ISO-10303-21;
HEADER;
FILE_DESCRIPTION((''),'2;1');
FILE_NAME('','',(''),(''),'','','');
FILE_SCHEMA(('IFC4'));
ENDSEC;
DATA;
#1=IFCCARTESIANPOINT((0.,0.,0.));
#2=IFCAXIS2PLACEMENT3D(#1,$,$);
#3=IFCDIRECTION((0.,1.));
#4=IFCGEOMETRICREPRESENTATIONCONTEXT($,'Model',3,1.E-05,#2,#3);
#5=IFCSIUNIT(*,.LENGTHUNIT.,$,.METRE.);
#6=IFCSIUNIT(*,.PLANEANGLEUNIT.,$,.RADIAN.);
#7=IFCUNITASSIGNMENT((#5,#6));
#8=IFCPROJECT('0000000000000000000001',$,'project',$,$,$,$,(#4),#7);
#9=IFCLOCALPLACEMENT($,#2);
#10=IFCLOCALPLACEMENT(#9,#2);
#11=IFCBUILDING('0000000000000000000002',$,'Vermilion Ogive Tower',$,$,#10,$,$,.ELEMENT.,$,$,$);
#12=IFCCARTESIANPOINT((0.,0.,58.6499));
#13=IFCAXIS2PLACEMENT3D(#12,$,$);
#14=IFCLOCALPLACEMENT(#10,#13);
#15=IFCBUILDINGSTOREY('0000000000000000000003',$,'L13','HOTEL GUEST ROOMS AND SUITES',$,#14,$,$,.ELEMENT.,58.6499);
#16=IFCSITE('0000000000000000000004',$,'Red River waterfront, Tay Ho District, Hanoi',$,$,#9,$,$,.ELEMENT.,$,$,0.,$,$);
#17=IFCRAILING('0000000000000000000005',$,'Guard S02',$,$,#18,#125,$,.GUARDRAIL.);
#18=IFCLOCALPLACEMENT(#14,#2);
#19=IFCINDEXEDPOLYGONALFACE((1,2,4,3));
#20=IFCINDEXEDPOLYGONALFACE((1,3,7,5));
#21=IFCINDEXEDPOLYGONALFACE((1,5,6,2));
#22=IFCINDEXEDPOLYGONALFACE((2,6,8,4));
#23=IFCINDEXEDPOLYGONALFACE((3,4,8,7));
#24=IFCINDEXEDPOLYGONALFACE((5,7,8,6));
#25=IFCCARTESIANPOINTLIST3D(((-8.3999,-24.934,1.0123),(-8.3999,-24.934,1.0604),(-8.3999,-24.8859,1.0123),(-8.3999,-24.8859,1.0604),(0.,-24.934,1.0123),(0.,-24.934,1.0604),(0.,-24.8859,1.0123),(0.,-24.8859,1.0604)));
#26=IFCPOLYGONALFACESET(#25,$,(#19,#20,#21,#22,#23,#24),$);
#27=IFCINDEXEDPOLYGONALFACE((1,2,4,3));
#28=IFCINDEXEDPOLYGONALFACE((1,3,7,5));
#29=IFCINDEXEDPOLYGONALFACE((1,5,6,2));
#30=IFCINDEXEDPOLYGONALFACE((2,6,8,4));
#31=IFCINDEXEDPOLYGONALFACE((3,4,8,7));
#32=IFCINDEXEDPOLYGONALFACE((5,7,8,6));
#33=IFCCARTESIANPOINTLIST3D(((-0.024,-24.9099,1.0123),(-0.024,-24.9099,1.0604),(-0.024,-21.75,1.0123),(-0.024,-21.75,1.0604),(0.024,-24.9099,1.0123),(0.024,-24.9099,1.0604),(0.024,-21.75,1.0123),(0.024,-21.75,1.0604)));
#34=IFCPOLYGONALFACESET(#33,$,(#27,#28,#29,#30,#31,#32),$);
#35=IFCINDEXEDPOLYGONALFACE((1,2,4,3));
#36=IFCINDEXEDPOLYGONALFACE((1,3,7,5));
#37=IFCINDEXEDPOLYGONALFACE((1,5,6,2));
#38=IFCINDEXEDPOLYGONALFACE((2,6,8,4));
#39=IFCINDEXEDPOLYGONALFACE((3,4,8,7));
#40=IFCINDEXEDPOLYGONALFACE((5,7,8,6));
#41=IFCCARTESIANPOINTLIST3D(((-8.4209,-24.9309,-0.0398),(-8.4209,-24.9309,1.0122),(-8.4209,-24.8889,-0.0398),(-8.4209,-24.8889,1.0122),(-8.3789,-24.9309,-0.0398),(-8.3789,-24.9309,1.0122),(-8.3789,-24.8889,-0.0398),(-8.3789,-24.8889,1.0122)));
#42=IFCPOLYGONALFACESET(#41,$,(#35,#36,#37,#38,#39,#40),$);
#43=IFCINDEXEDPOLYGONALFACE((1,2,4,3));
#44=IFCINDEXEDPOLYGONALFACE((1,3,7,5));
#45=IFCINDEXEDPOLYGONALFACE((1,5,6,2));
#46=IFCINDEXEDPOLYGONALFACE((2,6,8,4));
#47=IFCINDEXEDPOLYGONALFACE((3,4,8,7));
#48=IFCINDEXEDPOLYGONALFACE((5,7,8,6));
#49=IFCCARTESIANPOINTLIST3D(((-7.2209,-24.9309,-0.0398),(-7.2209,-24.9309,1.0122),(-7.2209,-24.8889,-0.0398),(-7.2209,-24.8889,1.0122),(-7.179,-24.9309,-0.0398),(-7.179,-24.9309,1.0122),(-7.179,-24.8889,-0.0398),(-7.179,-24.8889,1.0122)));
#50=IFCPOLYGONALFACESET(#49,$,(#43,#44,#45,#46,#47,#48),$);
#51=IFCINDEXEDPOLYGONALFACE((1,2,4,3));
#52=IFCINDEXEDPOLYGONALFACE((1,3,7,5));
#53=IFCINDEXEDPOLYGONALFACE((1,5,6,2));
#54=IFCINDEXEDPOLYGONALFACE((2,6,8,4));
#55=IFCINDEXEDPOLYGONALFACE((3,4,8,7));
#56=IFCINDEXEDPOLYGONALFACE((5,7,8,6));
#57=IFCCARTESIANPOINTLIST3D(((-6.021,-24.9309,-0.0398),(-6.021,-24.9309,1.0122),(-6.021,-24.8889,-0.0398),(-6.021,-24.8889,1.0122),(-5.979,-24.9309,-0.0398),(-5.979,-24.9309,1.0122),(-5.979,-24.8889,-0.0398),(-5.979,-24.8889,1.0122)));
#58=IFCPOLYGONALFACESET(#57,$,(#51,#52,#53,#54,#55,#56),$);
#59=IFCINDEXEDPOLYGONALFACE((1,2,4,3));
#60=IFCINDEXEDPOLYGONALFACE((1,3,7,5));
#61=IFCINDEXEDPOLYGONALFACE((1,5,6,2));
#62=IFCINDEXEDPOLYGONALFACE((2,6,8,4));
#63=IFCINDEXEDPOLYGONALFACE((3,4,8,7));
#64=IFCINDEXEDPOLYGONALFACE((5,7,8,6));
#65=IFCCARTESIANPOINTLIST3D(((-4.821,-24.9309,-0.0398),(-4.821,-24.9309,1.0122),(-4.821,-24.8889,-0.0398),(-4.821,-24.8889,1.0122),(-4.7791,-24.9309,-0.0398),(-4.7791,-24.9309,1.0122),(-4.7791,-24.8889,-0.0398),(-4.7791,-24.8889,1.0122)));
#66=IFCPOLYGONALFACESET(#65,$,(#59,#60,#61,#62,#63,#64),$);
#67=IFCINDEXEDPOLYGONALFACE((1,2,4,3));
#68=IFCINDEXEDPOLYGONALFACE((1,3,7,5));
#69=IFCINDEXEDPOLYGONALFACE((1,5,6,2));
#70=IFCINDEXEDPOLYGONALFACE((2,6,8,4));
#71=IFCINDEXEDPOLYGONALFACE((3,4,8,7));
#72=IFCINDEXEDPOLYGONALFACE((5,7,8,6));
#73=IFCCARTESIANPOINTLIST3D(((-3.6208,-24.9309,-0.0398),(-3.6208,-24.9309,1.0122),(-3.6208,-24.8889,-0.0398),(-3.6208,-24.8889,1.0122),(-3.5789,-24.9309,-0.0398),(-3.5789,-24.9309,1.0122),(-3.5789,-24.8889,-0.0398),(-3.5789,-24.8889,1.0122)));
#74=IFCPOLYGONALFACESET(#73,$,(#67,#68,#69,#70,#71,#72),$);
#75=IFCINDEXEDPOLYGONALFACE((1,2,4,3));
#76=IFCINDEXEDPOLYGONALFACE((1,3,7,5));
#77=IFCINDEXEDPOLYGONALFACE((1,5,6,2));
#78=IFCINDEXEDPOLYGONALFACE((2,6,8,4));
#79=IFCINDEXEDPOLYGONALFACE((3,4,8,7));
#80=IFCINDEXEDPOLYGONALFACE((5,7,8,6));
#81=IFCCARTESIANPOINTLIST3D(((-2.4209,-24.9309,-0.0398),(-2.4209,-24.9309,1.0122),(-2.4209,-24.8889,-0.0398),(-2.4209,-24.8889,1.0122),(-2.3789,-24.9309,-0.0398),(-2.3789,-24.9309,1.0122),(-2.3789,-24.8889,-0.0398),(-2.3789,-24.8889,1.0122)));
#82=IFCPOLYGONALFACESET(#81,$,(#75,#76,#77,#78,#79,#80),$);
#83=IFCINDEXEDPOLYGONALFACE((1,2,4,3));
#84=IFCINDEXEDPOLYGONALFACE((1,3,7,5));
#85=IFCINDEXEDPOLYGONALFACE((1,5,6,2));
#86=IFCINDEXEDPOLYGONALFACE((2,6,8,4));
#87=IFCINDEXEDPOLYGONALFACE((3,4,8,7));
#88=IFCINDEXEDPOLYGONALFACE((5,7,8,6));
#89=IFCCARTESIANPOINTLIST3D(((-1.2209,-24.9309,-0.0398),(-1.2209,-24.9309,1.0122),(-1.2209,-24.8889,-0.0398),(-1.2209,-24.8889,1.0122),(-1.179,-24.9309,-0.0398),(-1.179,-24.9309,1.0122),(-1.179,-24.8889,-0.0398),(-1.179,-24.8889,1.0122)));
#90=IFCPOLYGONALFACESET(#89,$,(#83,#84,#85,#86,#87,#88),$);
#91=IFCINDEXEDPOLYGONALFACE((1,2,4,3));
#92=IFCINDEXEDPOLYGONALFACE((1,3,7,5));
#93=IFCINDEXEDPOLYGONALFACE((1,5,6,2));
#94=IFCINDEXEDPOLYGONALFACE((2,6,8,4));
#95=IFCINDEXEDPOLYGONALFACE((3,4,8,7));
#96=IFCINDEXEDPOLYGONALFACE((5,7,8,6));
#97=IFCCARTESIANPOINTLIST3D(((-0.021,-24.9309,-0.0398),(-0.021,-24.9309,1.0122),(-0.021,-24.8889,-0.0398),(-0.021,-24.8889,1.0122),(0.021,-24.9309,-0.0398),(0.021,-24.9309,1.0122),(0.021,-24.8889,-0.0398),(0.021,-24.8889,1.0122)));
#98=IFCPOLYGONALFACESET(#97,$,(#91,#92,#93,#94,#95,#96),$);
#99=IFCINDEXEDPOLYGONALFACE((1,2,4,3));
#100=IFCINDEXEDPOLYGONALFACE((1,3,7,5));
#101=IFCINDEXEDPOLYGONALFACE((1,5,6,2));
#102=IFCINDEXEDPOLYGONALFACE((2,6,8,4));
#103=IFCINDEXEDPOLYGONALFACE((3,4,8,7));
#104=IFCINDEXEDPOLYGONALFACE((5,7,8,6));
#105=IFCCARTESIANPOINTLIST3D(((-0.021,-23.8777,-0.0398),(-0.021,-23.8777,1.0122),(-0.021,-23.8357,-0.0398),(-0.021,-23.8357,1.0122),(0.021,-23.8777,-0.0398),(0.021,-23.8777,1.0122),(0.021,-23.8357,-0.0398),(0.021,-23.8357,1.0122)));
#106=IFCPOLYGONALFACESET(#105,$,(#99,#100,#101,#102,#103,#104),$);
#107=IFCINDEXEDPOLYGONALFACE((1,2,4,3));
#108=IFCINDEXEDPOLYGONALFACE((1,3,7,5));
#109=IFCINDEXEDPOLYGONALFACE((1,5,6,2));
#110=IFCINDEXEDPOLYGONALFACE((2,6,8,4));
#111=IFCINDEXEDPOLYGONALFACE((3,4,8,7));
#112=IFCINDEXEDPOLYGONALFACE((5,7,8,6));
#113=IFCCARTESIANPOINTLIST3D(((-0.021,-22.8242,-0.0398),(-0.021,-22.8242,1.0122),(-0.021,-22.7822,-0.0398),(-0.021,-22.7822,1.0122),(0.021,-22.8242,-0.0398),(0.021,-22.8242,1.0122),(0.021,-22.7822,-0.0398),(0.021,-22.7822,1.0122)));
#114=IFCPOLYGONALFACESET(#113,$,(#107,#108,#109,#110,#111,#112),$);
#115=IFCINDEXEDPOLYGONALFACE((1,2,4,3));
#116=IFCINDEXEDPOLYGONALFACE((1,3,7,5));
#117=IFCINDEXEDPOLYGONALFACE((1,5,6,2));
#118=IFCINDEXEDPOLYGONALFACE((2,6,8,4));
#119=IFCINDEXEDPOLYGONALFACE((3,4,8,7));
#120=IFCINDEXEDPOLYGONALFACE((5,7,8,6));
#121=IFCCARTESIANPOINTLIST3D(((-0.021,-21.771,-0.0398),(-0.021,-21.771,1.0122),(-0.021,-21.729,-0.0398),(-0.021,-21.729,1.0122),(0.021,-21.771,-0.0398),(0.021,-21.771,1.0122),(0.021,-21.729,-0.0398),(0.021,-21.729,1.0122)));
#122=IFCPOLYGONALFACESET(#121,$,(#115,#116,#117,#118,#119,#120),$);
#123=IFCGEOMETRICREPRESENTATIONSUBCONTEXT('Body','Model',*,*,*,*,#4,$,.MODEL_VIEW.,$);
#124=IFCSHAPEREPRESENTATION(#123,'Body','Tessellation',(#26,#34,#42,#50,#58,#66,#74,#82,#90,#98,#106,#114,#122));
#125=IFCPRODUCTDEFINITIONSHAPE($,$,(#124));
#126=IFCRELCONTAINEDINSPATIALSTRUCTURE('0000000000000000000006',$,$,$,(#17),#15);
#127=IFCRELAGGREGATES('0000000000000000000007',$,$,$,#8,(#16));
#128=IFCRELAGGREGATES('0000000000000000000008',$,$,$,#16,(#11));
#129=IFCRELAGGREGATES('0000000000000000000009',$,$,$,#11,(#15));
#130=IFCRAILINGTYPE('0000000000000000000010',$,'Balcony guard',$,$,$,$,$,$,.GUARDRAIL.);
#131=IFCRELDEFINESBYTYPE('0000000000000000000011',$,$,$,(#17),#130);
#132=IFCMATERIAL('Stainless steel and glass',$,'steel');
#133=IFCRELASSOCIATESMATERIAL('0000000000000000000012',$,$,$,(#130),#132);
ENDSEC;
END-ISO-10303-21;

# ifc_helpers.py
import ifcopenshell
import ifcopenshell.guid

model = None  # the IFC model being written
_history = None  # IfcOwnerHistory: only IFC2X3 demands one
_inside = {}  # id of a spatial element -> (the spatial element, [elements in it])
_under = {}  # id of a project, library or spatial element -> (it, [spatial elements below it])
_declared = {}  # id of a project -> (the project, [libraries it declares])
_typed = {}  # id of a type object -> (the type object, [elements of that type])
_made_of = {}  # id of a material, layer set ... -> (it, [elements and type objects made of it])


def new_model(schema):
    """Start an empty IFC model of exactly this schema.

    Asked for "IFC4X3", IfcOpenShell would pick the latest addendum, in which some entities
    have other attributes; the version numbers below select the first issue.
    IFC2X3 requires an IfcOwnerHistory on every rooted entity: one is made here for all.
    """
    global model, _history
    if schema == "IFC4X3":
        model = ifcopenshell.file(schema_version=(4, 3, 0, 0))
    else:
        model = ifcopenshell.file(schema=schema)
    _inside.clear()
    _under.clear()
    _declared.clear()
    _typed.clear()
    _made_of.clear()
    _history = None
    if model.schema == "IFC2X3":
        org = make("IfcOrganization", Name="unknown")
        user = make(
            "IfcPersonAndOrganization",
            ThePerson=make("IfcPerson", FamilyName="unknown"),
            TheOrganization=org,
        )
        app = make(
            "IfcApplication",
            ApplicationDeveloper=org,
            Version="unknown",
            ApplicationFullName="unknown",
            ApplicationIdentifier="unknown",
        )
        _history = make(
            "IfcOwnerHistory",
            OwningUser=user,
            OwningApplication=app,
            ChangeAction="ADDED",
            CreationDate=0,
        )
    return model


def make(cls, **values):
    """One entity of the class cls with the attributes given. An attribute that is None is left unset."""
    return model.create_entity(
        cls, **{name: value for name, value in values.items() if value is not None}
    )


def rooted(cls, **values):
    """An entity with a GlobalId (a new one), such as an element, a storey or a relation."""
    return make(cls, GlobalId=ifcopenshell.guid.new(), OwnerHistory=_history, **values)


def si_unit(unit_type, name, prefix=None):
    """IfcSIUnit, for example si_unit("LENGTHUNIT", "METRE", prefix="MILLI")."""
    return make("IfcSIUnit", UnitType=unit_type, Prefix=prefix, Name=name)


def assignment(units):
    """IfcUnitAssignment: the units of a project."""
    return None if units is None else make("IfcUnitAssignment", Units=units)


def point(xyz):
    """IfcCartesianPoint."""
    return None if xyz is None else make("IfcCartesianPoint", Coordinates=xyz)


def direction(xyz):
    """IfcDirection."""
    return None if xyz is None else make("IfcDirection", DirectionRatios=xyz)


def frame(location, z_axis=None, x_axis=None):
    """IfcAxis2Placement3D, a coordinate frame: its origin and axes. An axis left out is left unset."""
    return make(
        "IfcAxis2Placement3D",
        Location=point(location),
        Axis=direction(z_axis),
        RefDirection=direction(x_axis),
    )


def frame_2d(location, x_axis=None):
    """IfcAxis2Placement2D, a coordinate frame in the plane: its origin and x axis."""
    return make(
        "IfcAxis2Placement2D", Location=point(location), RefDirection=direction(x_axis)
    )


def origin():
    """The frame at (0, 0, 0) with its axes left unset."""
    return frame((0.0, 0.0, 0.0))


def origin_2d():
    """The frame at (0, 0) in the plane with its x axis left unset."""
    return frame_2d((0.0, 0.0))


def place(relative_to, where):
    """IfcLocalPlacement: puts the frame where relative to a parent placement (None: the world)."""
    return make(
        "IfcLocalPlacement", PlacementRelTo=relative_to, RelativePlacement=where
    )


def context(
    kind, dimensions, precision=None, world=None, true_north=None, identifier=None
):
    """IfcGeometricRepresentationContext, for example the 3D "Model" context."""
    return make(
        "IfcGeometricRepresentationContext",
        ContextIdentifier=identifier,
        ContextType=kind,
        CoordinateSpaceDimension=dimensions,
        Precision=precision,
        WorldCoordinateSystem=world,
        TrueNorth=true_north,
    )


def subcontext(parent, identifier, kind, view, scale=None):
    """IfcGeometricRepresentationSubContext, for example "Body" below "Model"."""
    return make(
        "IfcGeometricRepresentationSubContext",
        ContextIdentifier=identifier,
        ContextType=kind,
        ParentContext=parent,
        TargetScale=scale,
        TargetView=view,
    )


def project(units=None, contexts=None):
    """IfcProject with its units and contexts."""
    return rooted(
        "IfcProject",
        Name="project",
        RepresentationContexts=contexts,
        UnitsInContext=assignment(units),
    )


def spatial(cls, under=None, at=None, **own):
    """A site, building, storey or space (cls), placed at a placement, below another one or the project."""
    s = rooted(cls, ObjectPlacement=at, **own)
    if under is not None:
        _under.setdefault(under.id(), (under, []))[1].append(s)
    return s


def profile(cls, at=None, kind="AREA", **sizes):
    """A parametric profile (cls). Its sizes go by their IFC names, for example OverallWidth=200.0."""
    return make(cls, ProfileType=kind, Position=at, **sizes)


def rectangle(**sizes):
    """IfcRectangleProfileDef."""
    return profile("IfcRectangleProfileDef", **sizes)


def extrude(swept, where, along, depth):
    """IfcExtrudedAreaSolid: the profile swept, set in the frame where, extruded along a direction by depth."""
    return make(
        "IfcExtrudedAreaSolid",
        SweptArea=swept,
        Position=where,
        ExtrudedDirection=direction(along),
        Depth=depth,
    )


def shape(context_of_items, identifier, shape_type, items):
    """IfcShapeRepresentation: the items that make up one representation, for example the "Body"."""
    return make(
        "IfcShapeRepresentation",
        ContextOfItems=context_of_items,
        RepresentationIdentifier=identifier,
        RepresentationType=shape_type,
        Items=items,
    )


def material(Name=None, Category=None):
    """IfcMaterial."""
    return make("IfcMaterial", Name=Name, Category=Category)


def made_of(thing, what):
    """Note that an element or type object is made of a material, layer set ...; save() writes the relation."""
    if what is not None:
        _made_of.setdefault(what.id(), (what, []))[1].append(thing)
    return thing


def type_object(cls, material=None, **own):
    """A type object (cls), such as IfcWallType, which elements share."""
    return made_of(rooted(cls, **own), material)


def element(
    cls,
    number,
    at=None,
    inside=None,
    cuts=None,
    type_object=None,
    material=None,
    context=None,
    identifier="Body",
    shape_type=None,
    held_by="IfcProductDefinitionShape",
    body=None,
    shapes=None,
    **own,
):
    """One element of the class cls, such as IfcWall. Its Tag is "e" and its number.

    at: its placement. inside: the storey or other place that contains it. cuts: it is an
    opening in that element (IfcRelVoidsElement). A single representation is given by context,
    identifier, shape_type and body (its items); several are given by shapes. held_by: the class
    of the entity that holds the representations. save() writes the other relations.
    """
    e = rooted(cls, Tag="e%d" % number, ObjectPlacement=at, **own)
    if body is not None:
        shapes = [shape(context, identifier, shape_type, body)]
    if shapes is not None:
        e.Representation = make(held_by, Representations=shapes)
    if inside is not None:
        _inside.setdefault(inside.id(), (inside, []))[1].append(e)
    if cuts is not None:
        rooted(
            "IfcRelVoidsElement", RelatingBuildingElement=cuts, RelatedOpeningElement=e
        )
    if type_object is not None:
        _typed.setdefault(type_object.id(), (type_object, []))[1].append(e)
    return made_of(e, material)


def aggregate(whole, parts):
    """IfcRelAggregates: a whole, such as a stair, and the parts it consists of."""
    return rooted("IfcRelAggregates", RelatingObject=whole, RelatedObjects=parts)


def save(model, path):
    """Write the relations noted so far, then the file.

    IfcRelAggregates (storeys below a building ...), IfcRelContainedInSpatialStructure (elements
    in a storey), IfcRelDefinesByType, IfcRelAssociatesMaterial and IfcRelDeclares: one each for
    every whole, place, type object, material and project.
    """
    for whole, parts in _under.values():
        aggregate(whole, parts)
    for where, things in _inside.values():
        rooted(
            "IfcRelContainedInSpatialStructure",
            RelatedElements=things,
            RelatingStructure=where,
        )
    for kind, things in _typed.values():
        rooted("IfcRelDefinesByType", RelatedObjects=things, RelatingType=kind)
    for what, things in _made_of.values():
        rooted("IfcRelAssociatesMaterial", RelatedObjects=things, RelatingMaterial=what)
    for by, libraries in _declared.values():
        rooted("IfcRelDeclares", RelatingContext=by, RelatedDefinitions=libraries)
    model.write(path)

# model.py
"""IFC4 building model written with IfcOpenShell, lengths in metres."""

from ifc_helpers import new_model, si_unit, direction, frame, origin, origin_2d, place, context, subcontext, project, spatial, rectangle, extrude, material, type_object, element, save


model = new_model("IFC4")

# Units and contexts
model_context = context("Model", 3, precision=1e-05, world=origin(), true_north=direction((0.0, 1.0)))
body_context = subcontext(model_context, "Body", "Model", "MODEL_VIEW")
ifc_project = project(units=[si_unit("LENGTHUNIT", "METRE"), si_unit("PLANEANGLEUNIT", "RADIAN")], contexts=[model_context])

# Site, building, storey
site_placement = place(None, origin())
site = spatial("IfcSite", under=ifc_project, at=site_placement, Name="Red River waterfront, Tay Ho District, Hanoi", CompositionType="ELEMENT", RefElevation=0.0)
building_placement = place(site_placement, origin())
building = spatial("IfcBuilding", under=site, at=building_placement, Name="Vermilion Ogive Tower", CompositionType="ELEMENT")
storey_placement = place(building_placement, frame((0.0, 0.0, 58.6499)))
storey = spatial("IfcBuildingStorey", under=building, at=storey_placement, Name="L13", Description="HOTEL GUEST ROOMS AND SUITES", CompositionType="ELEMENT", Elevation=58.6499)

# Railing
ifc_material_1 = material(Name="Stainless steel and glass", Category="steel")
railing_type_1 = type_object("IfcRailingType", Name="Balcony guard", PredefinedType="GUARDRAIL", material=ifc_material_1)
railing_1_placement = place(storey_placement, frame((-8.3999, -24.9099, -0.0398)))
element("IfcRailing", 1, at=railing_1_placement, inside=storey, type_object=railing_type_1, Name="Guard S02", PredefinedType="GUARDRAIL", context=body_context, shape_type="SweptSolid", body=[
    extrude(rectangle(XDim=0.0481, YDim=0.0481, at=origin_2d()), frame((0.0, 0.0, 1.0762), z_axis=(1.0, 0.0, 0.0), x_axis=(0.0, 1.0, 0.0)), (0.0, 0.0, 1.0), 8.3999),
    extrude(rectangle(XDim=0.0481, YDim=0.0481, at=origin_2d()), frame((8.3999, 0.0, 1.0762), z_axis=(0.0, 1.0, 0.0), x_axis=(-1.0, 0.0, 0.0)), (0.0, 0.0, 1.0), 3.1599),
    extrude(rectangle(XDim=0.042, YDim=0.042, at=origin_2d()), origin(), (0.0, 0.0, 1.0), 1.052),
    extrude(rectangle(XDim=0.042, YDim=0.042, at=origin_2d()), frame((1.2, 0.0, 0.0)), (0.0, 0.0, 1.0), 1.052),
    extrude(rectangle(XDim=0.042, YDim=0.042, at=origin_2d()), frame((2.3999, 0.0, 0.0)), (0.0, 0.0, 1.0), 1.052),
    extrude(rectangle(XDim=0.042, YDim=0.042, at=origin_2d()), frame((3.5999, 0.0, 0.0)), (0.0, 0.0, 1.0), 1.052),
    extrude(rectangle(XDim=0.042, YDim=0.042, at=origin_2d()), frame((4.8, 0.0, 0.0)), (0.0, 0.0, 1.0), 1.052),
    extrude(rectangle(XDim=0.042, YDim=0.042, at=origin_2d()), frame((6.0, 0.0, 0.0)), (0.0, 0.0, 1.0), 1.052),
    extrude(rectangle(XDim=0.042, YDim=0.042, at=origin_2d()), frame((7.2, 0.0, 0.0)), (0.0, 0.0, 1.0), 1.052),
    extrude(rectangle(XDim=0.042, YDim=0.042, at=origin_2d()), frame((8.3999, 0.0, 0.0)), (0.0, 0.0, 1.0), 1.052),
    extrude(rectangle(XDim=0.042, YDim=0.042, at=origin_2d()), frame((8.3999, 1.0532, 0.0)), (0.0, 0.0, 1.0), 1.052),
    extrude(rectangle(XDim=0.042, YDim=0.042, at=origin_2d()), frame((8.3999, 2.1067, 0.0)), (0.0, 0.0, 1.0), 1.052),
    extrude(rectangle(XDim=0.042, YDim=0.042, at=origin_2d()), frame((8.3999, 3.1599, 0.0)), (0.0, 0.0, 1.0), 1.052),
])

save(model, "model.ifc")
